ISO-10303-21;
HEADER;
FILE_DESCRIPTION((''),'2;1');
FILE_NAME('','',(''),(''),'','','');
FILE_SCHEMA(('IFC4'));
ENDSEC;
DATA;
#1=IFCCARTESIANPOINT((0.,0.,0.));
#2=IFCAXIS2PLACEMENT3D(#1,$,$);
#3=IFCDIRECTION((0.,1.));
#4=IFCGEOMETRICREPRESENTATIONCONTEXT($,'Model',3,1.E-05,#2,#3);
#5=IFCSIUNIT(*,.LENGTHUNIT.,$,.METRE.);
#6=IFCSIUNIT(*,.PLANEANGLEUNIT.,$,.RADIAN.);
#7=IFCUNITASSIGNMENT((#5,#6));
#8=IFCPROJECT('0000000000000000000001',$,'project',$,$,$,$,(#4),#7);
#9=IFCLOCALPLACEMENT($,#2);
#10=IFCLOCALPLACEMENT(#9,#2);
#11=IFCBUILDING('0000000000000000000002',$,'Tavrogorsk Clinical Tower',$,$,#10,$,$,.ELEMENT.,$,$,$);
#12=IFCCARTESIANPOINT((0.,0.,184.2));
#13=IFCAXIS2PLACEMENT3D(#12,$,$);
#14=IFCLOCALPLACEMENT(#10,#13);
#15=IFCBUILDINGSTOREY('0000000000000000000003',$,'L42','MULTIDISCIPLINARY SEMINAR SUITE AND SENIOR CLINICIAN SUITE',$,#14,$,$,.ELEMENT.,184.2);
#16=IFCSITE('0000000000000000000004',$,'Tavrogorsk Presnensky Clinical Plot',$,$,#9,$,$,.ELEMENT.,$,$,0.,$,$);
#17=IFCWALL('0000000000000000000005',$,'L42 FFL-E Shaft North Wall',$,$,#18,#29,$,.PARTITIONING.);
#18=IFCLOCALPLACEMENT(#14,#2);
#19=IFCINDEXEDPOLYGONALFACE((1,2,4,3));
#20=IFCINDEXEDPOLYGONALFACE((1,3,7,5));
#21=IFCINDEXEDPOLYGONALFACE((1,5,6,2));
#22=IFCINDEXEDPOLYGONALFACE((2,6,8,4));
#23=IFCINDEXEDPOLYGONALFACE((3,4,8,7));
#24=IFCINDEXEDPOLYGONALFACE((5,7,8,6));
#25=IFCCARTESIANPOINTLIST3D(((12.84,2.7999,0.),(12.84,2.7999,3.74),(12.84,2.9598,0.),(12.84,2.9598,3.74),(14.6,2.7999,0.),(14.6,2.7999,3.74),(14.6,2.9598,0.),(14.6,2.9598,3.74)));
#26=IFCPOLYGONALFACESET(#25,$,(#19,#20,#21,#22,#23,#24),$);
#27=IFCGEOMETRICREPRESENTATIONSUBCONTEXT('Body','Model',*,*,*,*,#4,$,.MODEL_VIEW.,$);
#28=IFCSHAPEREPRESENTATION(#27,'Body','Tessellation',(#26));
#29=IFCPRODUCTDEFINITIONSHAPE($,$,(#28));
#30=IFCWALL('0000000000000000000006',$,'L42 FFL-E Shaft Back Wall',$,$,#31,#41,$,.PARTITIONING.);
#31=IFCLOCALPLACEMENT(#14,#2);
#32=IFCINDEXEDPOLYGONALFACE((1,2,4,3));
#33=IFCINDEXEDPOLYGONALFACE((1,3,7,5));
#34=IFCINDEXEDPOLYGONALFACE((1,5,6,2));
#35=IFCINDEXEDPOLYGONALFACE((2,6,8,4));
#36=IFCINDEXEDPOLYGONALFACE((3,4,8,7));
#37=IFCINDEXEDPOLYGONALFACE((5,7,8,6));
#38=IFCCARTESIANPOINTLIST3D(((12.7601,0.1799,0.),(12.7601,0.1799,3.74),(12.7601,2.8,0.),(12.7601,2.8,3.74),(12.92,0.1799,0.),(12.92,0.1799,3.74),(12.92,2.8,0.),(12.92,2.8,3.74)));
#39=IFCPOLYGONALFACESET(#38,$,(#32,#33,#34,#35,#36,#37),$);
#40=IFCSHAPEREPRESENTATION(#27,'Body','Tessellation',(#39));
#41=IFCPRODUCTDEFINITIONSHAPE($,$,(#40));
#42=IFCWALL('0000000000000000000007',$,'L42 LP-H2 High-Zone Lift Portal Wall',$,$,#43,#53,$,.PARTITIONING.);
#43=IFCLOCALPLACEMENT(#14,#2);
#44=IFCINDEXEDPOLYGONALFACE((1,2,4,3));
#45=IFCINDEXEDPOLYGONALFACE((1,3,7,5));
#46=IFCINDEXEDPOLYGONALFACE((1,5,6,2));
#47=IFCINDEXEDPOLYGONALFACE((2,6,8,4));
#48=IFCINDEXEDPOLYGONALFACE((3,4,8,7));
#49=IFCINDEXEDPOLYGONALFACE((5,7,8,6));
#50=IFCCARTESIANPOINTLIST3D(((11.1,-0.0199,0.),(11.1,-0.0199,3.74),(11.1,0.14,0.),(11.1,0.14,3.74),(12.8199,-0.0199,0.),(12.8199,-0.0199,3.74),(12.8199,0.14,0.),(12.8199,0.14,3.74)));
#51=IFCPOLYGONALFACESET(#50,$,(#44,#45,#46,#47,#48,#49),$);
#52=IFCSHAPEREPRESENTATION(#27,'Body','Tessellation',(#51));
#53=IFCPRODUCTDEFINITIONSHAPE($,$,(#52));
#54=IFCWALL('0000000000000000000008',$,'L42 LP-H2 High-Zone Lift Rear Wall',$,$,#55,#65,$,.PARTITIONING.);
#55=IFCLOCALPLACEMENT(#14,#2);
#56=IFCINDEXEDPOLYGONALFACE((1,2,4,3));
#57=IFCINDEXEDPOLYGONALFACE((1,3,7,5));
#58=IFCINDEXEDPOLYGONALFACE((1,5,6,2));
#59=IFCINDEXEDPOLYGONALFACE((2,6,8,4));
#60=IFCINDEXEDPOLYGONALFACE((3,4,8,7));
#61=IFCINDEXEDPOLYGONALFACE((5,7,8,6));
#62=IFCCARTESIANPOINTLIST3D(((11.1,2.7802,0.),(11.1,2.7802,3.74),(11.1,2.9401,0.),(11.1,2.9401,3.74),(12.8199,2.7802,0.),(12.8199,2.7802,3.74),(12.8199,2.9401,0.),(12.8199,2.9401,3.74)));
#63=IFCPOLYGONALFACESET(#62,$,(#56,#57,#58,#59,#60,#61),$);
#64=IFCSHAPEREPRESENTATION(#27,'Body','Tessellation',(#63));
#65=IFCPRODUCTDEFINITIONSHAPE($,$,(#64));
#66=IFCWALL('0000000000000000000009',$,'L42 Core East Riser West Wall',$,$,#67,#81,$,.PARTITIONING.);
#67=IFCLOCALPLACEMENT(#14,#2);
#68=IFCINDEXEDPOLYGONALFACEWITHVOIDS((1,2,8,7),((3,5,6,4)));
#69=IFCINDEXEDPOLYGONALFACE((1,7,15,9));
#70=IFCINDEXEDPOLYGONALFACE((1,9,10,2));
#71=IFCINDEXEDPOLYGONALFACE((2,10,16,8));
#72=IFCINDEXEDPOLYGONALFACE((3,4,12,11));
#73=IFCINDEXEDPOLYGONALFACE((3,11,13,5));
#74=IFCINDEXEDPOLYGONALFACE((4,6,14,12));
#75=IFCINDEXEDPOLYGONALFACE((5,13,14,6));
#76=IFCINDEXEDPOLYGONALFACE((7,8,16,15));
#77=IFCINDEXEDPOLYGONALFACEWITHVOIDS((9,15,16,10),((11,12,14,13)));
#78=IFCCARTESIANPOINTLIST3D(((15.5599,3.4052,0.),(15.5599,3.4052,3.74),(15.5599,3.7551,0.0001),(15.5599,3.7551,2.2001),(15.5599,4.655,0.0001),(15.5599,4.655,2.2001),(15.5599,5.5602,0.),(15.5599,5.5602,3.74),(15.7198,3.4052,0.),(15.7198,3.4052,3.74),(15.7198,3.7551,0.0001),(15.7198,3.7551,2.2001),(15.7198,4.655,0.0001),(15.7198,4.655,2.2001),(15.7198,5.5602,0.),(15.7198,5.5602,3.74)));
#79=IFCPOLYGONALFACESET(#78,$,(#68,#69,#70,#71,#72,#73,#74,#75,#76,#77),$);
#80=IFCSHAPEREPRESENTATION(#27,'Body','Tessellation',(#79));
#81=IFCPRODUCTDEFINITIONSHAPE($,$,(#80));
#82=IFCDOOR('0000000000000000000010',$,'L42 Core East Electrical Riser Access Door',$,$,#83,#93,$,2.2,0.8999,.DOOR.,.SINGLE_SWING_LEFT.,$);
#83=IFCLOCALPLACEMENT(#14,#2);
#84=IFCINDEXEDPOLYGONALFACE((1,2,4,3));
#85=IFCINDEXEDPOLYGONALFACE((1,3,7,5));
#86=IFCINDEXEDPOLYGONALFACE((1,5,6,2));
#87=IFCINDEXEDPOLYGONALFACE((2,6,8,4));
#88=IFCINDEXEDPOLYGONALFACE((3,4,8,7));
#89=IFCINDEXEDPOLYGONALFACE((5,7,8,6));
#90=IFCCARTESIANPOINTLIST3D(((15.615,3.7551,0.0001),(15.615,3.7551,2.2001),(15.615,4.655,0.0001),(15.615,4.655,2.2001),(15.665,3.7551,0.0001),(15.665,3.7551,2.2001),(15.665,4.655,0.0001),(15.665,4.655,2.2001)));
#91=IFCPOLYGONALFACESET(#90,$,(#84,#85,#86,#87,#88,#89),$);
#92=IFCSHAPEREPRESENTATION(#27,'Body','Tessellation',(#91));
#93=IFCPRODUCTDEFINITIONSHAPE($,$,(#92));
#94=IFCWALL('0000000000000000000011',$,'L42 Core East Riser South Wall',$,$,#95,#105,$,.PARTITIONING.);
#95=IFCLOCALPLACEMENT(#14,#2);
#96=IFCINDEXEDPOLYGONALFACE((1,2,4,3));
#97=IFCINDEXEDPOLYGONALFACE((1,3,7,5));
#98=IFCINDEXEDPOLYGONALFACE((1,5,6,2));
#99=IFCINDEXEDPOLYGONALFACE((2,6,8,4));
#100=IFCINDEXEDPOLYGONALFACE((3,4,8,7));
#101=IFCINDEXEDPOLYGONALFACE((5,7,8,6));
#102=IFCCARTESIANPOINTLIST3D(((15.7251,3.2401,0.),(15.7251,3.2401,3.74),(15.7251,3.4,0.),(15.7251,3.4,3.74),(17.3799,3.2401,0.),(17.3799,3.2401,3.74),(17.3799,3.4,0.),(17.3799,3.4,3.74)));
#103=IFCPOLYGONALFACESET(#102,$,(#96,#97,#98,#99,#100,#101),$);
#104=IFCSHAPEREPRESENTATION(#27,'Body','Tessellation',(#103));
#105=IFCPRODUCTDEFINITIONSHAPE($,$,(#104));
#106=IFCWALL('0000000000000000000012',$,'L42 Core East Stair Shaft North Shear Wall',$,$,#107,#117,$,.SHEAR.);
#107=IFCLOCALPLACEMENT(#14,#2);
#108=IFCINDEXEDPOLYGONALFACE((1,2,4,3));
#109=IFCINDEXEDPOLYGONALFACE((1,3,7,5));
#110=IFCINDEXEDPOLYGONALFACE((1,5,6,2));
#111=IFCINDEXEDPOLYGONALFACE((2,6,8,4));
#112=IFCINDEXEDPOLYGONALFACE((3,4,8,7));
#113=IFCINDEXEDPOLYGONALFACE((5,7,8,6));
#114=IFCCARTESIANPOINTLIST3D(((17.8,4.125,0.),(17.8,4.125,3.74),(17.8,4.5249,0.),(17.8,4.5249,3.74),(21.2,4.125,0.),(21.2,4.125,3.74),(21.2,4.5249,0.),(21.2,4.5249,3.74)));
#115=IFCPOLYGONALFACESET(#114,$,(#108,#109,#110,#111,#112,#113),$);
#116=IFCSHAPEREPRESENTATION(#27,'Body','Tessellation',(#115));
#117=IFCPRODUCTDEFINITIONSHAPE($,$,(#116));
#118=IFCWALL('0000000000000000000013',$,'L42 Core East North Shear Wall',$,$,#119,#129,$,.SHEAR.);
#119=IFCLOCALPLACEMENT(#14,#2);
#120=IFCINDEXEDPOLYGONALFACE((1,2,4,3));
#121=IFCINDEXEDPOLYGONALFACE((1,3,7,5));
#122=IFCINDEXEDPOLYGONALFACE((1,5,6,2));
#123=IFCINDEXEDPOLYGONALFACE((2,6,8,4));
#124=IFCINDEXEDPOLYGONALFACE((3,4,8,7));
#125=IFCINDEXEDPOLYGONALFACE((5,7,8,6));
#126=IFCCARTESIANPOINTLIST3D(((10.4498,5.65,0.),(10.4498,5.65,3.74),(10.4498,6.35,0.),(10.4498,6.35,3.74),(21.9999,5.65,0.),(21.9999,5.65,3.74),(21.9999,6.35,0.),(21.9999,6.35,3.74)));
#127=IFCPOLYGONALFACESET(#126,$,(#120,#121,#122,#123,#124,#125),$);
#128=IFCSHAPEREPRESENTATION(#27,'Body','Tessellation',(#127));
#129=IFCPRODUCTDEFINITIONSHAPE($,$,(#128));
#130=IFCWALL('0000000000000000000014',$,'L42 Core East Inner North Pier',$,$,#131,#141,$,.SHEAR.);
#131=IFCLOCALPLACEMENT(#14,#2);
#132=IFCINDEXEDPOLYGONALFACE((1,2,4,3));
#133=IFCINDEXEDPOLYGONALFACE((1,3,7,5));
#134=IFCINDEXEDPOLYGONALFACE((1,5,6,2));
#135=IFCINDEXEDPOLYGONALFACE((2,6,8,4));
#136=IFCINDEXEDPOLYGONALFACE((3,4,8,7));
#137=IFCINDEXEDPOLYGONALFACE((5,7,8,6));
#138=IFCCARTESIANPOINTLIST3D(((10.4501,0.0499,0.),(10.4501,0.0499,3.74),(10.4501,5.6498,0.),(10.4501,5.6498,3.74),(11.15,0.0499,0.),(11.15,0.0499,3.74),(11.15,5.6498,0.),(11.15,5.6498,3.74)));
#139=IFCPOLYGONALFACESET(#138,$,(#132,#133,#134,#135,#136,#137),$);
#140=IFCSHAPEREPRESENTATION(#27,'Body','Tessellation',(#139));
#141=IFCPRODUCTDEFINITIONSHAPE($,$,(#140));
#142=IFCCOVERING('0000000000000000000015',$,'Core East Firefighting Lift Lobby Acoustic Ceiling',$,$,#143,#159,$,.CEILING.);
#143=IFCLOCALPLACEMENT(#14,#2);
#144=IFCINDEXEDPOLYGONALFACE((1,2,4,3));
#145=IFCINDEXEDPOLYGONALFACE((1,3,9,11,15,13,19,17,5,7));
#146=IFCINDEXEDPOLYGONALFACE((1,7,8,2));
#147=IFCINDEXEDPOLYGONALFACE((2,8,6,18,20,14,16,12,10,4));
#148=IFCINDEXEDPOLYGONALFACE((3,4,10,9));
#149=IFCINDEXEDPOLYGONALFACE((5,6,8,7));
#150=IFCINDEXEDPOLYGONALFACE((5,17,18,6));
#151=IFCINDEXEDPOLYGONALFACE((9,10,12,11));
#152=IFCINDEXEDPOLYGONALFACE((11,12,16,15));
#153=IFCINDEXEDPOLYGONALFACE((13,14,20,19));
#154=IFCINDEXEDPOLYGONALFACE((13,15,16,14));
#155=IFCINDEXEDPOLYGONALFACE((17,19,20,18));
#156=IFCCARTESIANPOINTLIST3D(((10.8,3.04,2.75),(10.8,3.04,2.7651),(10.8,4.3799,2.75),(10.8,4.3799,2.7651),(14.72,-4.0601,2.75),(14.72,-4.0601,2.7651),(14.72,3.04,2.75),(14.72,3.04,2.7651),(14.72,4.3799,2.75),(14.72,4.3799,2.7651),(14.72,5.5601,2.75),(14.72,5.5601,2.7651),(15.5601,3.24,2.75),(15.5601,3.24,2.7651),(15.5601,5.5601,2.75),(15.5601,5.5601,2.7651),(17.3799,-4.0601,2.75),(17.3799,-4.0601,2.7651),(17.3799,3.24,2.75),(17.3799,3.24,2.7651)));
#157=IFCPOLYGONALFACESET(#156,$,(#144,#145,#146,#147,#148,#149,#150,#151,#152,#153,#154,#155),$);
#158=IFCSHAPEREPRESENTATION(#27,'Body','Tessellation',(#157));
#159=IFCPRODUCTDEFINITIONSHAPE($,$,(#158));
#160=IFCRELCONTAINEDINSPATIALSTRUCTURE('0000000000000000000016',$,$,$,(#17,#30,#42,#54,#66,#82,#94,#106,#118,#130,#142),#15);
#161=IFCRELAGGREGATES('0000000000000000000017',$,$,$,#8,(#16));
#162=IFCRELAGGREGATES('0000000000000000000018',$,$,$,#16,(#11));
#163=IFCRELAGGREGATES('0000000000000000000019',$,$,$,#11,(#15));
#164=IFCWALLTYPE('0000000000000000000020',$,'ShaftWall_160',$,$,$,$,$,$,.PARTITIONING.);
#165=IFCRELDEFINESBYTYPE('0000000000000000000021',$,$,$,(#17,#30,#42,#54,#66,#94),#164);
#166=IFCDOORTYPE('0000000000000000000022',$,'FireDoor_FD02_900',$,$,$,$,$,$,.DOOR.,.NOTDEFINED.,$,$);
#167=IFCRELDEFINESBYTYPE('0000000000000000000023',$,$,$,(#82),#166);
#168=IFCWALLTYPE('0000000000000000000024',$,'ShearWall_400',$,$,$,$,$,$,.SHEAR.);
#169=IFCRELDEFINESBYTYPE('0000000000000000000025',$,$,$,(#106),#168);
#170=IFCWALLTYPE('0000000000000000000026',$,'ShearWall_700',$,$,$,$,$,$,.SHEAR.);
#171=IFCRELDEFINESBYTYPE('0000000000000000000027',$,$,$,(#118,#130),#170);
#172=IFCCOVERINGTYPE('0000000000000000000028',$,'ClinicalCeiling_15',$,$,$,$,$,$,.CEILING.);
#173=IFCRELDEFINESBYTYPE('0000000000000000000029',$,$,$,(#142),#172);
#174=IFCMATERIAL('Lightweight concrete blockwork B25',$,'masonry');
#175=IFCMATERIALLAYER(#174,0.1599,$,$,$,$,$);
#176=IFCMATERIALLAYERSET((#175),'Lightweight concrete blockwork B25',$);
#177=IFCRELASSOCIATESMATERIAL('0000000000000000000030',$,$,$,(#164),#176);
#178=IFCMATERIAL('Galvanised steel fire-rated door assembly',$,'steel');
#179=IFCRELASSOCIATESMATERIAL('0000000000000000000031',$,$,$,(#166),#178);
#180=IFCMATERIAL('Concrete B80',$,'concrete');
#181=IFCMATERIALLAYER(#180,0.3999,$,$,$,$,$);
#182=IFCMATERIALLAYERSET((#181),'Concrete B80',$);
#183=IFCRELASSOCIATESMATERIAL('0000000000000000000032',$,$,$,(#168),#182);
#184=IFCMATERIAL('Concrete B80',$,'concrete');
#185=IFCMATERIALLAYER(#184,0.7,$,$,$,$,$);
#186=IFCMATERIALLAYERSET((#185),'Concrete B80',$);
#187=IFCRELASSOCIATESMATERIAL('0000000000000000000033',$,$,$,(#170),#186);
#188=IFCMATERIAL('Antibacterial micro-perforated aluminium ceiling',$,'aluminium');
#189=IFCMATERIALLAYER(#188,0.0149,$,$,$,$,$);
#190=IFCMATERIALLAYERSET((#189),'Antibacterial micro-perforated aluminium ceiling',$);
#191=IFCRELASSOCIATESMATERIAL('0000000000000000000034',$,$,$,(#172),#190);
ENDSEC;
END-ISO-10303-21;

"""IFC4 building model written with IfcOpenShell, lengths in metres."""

from ifc_helpers import new_model, si_unit, direction, frame, frame_2d, origin, place, context, subcontext, project, spatial, polyline, rectangle, outline, extrude, material, layer, layer_set, type_object, element, fill, save


model = new_model("IFC4")

# Units and contexts
model_context = context("Model", 3, precision=1e-05, world=origin(), true_north=direction((0.0, 1.0)))
body_context = subcontext(model_context, "Body", "Model", "MODEL_VIEW")
ifc_project = project(units=[si_unit("LENGTHUNIT", "METRE"), si_unit("PLANEANGLEUNIT", "RADIAN")], contexts=[model_context])

# Site, building, storey
site_placement = place(None, origin())
site = spatial("IfcSite", under=ifc_project, at=site_placement, Name="Tavrogorsk Presnensky Clinical Plot", CompositionType="ELEMENT", RefElevation=0.0)
building_placement = place(site_placement, origin())
building = spatial("IfcBuilding", under=site, at=building_placement, Name="Tavrogorsk Clinical Tower", CompositionType="ELEMENT")
storey_placement = place(building_placement, frame((0.0, 0.0, 184.2)))
storey = spatial("IfcBuildingStorey", under=building, at=storey_placement, Name="L42", Description="MULTIDISCIPLINARY SEMINAR SUITE AND SENIOR CLINICIAN SUITE", CompositionType="ELEMENT", Elevation=184.2)

# Shared definitions
ifc_material_1 = material(Name="Lightweight concrete blockwork B25", Category="masonry")
ifc_layer_1 = layer(ifc_material_1, 0.1599)
ifc_layer_set_1 = layer_set([ifc_layer_1], Name="Lightweight concrete blockwork B25")
wall_type_1 = type_object("IfcWallType", Name="ShaftWall_160", PredefinedType="PARTITIONING", material=ifc_layer_set_1)

# Walls
for number, where, z_axis, x_axis, name in (
    (1, (12.8401, 2.8799, 0.0), (0.0, 0.0, 1.0), (1.0, 0.0, 0.0), "L42 FFL-E Shaft North Wall"),
):
    element("IfcWall", number, at=place(storey_placement, frame(where, z_axis=z_axis, x_axis=x_axis)), inside=storey, type_object=wall_type_1, Name=name, PredefinedType="PARTITIONING", context=body_context, shape_type="SweptSolid", body=[
        extrude(rectangle(XDim=1.76, YDim=0.1599, at=frame_2d((0.8799, 0.0))), origin(), (0.0, 0.0, 1.0), 3.74),
    ])
wall_1_placement = place(storey_placement, frame((12.8401, 0.1799, 0.0), z_axis=(0.0, 0.0, 1.0), x_axis=(0.0, 1.0, 0.0)))
element("IfcWall", 2, at=wall_1_placement, inside=storey, type_object=wall_type_1, Name="L42 FFL-E Shaft Back Wall", PredefinedType="PARTITIONING", context=body_context, shape_type="SweptSolid", body=[
    extrude(rectangle(XDim=2.6201, YDim=0.1599, at=frame_2d((1.3101, 0.0))), origin(), (0.0, 0.0, 1.0), 3.74),
])
for number, where, z_axis, x_axis, name in (
    (3, (11.1001, 0.0601, 0.0), (0.0, 0.0, 1.0), (1.0, 0.0, 0.0), "L42 LP-H2 High-Zone Lift Portal Wall"),
    (4, (11.1001, 2.8601, 0.0), (0.0, 0.0, 1.0), (1.0, 0.0, 0.0), "L42 LP-H2 High-Zone Lift Rear Wall"),
):
    element("IfcWall", number, at=place(storey_placement, frame(where, z_axis=z_axis, x_axis=x_axis)), inside=storey, type_object=wall_type_1, Name=name, PredefinedType="PARTITIONING", context=body_context, shape_type="SweptSolid", body=[
        extrude(rectangle(XDim=1.72, YDim=0.1599, at=frame_2d((0.8599, 0.0))), origin(), (0.0, 0.0, 1.0), 3.74),
    ])

# Wall, opening, door
wall_2_placement = place(storey_placement, frame((15.6399, 3.405, 0.0), z_axis=(0.0, 0.0, 1.0), x_axis=(0.0, 1.0, 0.0)))
wall_2 = element("IfcWall", 5, at=wall_2_placement, inside=storey, type_object=wall_type_1, Name="L42 Core East Riser West Wall", PredefinedType="PARTITIONING", context=body_context, shape_type="SweptSolid", body=[
    extrude(rectangle(XDim=2.155, YDim=0.1599, at=frame_2d((1.0776, 0.0))), origin(), (0.0, 0.0, 1.0), 3.74),
])
opening_1_placement = place(wall_2_placement, frame((0.3501, 0.0, 0.0)))
opening_1 = element("IfcOpeningElement", 6, at=opening_1_placement, cuts=wall_2, PredefinedType="OPENING", context=body_context, shape_type="SweptSolid", body=[
    extrude(rectangle(XDim=0.8999, YDim=2.2, at=frame_2d((0.45, 1.1001))), frame((0.0, 0.0898, 0.0), z_axis=(0.0, -1.0, 0.0), x_axis=(1.0, 0.0, 0.0)), (0.0, 0.0, 1.0), 0.1799),
])
ifc_material_2 = material(Name="Galvanised steel fire-rated door assembly", Category="steel")
door_type_1 = type_object("IfcDoorType", Name="FireDoor_FD02_900", OperationType="NOTDEFINED", PredefinedType="DOOR", material=ifc_material_2)
door_1_placement = place(opening_1_placement, origin())
door_1 = element("IfcDoor", 7, at=door_1_placement, inside=storey, type_object=door_type_1, Name="L42 Core East Electrical Riser Access Door", OperationType="SINGLE_SWING_LEFT", OverallHeight=2.2, OverallWidth=0.8999, PredefinedType="DOOR", context=body_context, shape_type="SweptSolid", body=[
    extrude(rectangle(XDim=0.8999, YDim=2.2, at=frame_2d((0.45, 1.1001))), frame((0.0, 0.0249, 0.0), z_axis=(0.0, -1.0, 0.0), x_axis=(1.0, 0.0, 0.0)), (0.0, 0.0, 1.0), 0.05),
])
fill(opening_1, door_1)

# Walls
wall_3_placement = place(storey_placement, frame((15.7251, 3.3201, 0.0), z_axis=(0.0, 0.0, 1.0), x_axis=(1.0, 0.0, 0.0)))
element("IfcWall", 8, at=wall_3_placement, inside=storey, type_object=wall_type_1, Name="L42 Core East Riser South Wall", PredefinedType="PARTITIONING", context=body_context, shape_type="SweptSolid", body=[
    extrude(rectangle(XDim=1.6548, YDim=0.1599, at=frame_2d((0.8274, 0.0))), origin(), (0.0, 0.0, 1.0), 3.74),
])
ifc_material_3 = material(Name="Concrete B80", Category="concrete")
ifc_layer_2 = layer(ifc_material_3, 0.3999)
ifc_layer_set_2 = layer_set([ifc_layer_2], Name="Concrete B80")
wall_type_2 = type_object("IfcWallType", Name="ShearWall_400", PredefinedType="SHEAR", material=ifc_layer_set_2)
wall_4_placement = place(storey_placement, frame((17.8, 4.325, 0.0), z_axis=(0.0, 0.0, 1.0), x_axis=(1.0, 0.0, 0.0)))
element("IfcWall", 9, at=wall_4_placement, inside=storey, type_object=wall_type_2, Name="L42 Core East Stair Shaft North Shear Wall", PredefinedType="SHEAR", context=body_context, shape_type="SweptSolid", body=[
    extrude(rectangle(XDim=3.3999, YDim=0.3999, at=frame_2d((1.7, 0.0))), origin(), (0.0, 0.0, 1.0), 3.74),
])
ifc_material_4 = material(Name="Concrete B80", Category="concrete")
ifc_layer_3 = layer(ifc_material_4, 0.7)
ifc_layer_set_3 = layer_set([ifc_layer_3], Name="Concrete B80")
wall_type_3 = type_object("IfcWallType", Name="ShearWall_700", PredefinedType="SHEAR", material=ifc_layer_set_3)
wall_5_placement = place(storey_placement, frame((10.45, 6.0, 0.0), z_axis=(0.0, 0.0, 1.0), x_axis=(1.0, 0.0, 0.0)))
element("IfcWall", 10, at=wall_5_placement, inside=storey, type_object=wall_type_3, Name="L42 Core East North Shear Wall", PredefinedType="SHEAR", context=body_context, shape_type="SweptSolid", body=[
    extrude(rectangle(XDim=11.55, YDim=0.7, at=frame_2d((5.7749, 0.0))), origin(), (0.0, 0.0, 1.0), 3.74),
])
wall_6_placement = place(storey_placement, frame((10.8, 0.05, 0.0), z_axis=(0.0, 0.0, 1.0), x_axis=(0.0, 1.0, 0.0)))
element("IfcWall", 11, at=wall_6_placement, inside=storey, type_object=wall_type_3, Name="L42 Core East Inner North Pier", PredefinedType="SHEAR", context=body_context, shape_type="SweptSolid", body=[
    extrude(rectangle(XDim=5.5999, YDim=0.7, at=frame_2d((2.7998, 0.0))), origin(), (0.0, 0.0, 1.0), 3.74),
])

# Covering
ifc_material_5 = material(Name="Antibacterial micro-perforated aluminium ceiling", Category="aluminium")
ifc_layer_4 = layer(ifc_material_5, 0.0149)
ifc_layer_set_4 = layer_set([ifc_layer_4], Name="Antibacterial micro-perforated aluminium ceiling")
covering_type = type_object("IfcCoveringType", Name="ClinicalCeiling_15", PredefinedType="CEILING", material=ifc_layer_set_4)
covering_placement = place(storey_placement, frame((0.0, 0.0, 2.75)))
element("IfcCovering", 12, at=covering_placement, inside=storey, type_object=covering_type, Name="Core East Firefighting Lift Lobby Acoustic Ceiling", PredefinedType="CEILING", context=body_context, shape_type="SweptSolid", body=[
    extrude(outline(polyline([(14.72, -4.0601), (14.72, 3.04), (10.8, 3.04), (10.8, 4.3799), (14.72, 4.3799), (14.72, 5.5601), (15.5601, 5.5601), (15.5601, 3.24), (17.3799, 3.24), (17.3799, -4.0601), (14.72, -4.0601)])), origin(), (0.0, 0.0, 1.0), 0.0151),
])

save(model, "model.ifc")
